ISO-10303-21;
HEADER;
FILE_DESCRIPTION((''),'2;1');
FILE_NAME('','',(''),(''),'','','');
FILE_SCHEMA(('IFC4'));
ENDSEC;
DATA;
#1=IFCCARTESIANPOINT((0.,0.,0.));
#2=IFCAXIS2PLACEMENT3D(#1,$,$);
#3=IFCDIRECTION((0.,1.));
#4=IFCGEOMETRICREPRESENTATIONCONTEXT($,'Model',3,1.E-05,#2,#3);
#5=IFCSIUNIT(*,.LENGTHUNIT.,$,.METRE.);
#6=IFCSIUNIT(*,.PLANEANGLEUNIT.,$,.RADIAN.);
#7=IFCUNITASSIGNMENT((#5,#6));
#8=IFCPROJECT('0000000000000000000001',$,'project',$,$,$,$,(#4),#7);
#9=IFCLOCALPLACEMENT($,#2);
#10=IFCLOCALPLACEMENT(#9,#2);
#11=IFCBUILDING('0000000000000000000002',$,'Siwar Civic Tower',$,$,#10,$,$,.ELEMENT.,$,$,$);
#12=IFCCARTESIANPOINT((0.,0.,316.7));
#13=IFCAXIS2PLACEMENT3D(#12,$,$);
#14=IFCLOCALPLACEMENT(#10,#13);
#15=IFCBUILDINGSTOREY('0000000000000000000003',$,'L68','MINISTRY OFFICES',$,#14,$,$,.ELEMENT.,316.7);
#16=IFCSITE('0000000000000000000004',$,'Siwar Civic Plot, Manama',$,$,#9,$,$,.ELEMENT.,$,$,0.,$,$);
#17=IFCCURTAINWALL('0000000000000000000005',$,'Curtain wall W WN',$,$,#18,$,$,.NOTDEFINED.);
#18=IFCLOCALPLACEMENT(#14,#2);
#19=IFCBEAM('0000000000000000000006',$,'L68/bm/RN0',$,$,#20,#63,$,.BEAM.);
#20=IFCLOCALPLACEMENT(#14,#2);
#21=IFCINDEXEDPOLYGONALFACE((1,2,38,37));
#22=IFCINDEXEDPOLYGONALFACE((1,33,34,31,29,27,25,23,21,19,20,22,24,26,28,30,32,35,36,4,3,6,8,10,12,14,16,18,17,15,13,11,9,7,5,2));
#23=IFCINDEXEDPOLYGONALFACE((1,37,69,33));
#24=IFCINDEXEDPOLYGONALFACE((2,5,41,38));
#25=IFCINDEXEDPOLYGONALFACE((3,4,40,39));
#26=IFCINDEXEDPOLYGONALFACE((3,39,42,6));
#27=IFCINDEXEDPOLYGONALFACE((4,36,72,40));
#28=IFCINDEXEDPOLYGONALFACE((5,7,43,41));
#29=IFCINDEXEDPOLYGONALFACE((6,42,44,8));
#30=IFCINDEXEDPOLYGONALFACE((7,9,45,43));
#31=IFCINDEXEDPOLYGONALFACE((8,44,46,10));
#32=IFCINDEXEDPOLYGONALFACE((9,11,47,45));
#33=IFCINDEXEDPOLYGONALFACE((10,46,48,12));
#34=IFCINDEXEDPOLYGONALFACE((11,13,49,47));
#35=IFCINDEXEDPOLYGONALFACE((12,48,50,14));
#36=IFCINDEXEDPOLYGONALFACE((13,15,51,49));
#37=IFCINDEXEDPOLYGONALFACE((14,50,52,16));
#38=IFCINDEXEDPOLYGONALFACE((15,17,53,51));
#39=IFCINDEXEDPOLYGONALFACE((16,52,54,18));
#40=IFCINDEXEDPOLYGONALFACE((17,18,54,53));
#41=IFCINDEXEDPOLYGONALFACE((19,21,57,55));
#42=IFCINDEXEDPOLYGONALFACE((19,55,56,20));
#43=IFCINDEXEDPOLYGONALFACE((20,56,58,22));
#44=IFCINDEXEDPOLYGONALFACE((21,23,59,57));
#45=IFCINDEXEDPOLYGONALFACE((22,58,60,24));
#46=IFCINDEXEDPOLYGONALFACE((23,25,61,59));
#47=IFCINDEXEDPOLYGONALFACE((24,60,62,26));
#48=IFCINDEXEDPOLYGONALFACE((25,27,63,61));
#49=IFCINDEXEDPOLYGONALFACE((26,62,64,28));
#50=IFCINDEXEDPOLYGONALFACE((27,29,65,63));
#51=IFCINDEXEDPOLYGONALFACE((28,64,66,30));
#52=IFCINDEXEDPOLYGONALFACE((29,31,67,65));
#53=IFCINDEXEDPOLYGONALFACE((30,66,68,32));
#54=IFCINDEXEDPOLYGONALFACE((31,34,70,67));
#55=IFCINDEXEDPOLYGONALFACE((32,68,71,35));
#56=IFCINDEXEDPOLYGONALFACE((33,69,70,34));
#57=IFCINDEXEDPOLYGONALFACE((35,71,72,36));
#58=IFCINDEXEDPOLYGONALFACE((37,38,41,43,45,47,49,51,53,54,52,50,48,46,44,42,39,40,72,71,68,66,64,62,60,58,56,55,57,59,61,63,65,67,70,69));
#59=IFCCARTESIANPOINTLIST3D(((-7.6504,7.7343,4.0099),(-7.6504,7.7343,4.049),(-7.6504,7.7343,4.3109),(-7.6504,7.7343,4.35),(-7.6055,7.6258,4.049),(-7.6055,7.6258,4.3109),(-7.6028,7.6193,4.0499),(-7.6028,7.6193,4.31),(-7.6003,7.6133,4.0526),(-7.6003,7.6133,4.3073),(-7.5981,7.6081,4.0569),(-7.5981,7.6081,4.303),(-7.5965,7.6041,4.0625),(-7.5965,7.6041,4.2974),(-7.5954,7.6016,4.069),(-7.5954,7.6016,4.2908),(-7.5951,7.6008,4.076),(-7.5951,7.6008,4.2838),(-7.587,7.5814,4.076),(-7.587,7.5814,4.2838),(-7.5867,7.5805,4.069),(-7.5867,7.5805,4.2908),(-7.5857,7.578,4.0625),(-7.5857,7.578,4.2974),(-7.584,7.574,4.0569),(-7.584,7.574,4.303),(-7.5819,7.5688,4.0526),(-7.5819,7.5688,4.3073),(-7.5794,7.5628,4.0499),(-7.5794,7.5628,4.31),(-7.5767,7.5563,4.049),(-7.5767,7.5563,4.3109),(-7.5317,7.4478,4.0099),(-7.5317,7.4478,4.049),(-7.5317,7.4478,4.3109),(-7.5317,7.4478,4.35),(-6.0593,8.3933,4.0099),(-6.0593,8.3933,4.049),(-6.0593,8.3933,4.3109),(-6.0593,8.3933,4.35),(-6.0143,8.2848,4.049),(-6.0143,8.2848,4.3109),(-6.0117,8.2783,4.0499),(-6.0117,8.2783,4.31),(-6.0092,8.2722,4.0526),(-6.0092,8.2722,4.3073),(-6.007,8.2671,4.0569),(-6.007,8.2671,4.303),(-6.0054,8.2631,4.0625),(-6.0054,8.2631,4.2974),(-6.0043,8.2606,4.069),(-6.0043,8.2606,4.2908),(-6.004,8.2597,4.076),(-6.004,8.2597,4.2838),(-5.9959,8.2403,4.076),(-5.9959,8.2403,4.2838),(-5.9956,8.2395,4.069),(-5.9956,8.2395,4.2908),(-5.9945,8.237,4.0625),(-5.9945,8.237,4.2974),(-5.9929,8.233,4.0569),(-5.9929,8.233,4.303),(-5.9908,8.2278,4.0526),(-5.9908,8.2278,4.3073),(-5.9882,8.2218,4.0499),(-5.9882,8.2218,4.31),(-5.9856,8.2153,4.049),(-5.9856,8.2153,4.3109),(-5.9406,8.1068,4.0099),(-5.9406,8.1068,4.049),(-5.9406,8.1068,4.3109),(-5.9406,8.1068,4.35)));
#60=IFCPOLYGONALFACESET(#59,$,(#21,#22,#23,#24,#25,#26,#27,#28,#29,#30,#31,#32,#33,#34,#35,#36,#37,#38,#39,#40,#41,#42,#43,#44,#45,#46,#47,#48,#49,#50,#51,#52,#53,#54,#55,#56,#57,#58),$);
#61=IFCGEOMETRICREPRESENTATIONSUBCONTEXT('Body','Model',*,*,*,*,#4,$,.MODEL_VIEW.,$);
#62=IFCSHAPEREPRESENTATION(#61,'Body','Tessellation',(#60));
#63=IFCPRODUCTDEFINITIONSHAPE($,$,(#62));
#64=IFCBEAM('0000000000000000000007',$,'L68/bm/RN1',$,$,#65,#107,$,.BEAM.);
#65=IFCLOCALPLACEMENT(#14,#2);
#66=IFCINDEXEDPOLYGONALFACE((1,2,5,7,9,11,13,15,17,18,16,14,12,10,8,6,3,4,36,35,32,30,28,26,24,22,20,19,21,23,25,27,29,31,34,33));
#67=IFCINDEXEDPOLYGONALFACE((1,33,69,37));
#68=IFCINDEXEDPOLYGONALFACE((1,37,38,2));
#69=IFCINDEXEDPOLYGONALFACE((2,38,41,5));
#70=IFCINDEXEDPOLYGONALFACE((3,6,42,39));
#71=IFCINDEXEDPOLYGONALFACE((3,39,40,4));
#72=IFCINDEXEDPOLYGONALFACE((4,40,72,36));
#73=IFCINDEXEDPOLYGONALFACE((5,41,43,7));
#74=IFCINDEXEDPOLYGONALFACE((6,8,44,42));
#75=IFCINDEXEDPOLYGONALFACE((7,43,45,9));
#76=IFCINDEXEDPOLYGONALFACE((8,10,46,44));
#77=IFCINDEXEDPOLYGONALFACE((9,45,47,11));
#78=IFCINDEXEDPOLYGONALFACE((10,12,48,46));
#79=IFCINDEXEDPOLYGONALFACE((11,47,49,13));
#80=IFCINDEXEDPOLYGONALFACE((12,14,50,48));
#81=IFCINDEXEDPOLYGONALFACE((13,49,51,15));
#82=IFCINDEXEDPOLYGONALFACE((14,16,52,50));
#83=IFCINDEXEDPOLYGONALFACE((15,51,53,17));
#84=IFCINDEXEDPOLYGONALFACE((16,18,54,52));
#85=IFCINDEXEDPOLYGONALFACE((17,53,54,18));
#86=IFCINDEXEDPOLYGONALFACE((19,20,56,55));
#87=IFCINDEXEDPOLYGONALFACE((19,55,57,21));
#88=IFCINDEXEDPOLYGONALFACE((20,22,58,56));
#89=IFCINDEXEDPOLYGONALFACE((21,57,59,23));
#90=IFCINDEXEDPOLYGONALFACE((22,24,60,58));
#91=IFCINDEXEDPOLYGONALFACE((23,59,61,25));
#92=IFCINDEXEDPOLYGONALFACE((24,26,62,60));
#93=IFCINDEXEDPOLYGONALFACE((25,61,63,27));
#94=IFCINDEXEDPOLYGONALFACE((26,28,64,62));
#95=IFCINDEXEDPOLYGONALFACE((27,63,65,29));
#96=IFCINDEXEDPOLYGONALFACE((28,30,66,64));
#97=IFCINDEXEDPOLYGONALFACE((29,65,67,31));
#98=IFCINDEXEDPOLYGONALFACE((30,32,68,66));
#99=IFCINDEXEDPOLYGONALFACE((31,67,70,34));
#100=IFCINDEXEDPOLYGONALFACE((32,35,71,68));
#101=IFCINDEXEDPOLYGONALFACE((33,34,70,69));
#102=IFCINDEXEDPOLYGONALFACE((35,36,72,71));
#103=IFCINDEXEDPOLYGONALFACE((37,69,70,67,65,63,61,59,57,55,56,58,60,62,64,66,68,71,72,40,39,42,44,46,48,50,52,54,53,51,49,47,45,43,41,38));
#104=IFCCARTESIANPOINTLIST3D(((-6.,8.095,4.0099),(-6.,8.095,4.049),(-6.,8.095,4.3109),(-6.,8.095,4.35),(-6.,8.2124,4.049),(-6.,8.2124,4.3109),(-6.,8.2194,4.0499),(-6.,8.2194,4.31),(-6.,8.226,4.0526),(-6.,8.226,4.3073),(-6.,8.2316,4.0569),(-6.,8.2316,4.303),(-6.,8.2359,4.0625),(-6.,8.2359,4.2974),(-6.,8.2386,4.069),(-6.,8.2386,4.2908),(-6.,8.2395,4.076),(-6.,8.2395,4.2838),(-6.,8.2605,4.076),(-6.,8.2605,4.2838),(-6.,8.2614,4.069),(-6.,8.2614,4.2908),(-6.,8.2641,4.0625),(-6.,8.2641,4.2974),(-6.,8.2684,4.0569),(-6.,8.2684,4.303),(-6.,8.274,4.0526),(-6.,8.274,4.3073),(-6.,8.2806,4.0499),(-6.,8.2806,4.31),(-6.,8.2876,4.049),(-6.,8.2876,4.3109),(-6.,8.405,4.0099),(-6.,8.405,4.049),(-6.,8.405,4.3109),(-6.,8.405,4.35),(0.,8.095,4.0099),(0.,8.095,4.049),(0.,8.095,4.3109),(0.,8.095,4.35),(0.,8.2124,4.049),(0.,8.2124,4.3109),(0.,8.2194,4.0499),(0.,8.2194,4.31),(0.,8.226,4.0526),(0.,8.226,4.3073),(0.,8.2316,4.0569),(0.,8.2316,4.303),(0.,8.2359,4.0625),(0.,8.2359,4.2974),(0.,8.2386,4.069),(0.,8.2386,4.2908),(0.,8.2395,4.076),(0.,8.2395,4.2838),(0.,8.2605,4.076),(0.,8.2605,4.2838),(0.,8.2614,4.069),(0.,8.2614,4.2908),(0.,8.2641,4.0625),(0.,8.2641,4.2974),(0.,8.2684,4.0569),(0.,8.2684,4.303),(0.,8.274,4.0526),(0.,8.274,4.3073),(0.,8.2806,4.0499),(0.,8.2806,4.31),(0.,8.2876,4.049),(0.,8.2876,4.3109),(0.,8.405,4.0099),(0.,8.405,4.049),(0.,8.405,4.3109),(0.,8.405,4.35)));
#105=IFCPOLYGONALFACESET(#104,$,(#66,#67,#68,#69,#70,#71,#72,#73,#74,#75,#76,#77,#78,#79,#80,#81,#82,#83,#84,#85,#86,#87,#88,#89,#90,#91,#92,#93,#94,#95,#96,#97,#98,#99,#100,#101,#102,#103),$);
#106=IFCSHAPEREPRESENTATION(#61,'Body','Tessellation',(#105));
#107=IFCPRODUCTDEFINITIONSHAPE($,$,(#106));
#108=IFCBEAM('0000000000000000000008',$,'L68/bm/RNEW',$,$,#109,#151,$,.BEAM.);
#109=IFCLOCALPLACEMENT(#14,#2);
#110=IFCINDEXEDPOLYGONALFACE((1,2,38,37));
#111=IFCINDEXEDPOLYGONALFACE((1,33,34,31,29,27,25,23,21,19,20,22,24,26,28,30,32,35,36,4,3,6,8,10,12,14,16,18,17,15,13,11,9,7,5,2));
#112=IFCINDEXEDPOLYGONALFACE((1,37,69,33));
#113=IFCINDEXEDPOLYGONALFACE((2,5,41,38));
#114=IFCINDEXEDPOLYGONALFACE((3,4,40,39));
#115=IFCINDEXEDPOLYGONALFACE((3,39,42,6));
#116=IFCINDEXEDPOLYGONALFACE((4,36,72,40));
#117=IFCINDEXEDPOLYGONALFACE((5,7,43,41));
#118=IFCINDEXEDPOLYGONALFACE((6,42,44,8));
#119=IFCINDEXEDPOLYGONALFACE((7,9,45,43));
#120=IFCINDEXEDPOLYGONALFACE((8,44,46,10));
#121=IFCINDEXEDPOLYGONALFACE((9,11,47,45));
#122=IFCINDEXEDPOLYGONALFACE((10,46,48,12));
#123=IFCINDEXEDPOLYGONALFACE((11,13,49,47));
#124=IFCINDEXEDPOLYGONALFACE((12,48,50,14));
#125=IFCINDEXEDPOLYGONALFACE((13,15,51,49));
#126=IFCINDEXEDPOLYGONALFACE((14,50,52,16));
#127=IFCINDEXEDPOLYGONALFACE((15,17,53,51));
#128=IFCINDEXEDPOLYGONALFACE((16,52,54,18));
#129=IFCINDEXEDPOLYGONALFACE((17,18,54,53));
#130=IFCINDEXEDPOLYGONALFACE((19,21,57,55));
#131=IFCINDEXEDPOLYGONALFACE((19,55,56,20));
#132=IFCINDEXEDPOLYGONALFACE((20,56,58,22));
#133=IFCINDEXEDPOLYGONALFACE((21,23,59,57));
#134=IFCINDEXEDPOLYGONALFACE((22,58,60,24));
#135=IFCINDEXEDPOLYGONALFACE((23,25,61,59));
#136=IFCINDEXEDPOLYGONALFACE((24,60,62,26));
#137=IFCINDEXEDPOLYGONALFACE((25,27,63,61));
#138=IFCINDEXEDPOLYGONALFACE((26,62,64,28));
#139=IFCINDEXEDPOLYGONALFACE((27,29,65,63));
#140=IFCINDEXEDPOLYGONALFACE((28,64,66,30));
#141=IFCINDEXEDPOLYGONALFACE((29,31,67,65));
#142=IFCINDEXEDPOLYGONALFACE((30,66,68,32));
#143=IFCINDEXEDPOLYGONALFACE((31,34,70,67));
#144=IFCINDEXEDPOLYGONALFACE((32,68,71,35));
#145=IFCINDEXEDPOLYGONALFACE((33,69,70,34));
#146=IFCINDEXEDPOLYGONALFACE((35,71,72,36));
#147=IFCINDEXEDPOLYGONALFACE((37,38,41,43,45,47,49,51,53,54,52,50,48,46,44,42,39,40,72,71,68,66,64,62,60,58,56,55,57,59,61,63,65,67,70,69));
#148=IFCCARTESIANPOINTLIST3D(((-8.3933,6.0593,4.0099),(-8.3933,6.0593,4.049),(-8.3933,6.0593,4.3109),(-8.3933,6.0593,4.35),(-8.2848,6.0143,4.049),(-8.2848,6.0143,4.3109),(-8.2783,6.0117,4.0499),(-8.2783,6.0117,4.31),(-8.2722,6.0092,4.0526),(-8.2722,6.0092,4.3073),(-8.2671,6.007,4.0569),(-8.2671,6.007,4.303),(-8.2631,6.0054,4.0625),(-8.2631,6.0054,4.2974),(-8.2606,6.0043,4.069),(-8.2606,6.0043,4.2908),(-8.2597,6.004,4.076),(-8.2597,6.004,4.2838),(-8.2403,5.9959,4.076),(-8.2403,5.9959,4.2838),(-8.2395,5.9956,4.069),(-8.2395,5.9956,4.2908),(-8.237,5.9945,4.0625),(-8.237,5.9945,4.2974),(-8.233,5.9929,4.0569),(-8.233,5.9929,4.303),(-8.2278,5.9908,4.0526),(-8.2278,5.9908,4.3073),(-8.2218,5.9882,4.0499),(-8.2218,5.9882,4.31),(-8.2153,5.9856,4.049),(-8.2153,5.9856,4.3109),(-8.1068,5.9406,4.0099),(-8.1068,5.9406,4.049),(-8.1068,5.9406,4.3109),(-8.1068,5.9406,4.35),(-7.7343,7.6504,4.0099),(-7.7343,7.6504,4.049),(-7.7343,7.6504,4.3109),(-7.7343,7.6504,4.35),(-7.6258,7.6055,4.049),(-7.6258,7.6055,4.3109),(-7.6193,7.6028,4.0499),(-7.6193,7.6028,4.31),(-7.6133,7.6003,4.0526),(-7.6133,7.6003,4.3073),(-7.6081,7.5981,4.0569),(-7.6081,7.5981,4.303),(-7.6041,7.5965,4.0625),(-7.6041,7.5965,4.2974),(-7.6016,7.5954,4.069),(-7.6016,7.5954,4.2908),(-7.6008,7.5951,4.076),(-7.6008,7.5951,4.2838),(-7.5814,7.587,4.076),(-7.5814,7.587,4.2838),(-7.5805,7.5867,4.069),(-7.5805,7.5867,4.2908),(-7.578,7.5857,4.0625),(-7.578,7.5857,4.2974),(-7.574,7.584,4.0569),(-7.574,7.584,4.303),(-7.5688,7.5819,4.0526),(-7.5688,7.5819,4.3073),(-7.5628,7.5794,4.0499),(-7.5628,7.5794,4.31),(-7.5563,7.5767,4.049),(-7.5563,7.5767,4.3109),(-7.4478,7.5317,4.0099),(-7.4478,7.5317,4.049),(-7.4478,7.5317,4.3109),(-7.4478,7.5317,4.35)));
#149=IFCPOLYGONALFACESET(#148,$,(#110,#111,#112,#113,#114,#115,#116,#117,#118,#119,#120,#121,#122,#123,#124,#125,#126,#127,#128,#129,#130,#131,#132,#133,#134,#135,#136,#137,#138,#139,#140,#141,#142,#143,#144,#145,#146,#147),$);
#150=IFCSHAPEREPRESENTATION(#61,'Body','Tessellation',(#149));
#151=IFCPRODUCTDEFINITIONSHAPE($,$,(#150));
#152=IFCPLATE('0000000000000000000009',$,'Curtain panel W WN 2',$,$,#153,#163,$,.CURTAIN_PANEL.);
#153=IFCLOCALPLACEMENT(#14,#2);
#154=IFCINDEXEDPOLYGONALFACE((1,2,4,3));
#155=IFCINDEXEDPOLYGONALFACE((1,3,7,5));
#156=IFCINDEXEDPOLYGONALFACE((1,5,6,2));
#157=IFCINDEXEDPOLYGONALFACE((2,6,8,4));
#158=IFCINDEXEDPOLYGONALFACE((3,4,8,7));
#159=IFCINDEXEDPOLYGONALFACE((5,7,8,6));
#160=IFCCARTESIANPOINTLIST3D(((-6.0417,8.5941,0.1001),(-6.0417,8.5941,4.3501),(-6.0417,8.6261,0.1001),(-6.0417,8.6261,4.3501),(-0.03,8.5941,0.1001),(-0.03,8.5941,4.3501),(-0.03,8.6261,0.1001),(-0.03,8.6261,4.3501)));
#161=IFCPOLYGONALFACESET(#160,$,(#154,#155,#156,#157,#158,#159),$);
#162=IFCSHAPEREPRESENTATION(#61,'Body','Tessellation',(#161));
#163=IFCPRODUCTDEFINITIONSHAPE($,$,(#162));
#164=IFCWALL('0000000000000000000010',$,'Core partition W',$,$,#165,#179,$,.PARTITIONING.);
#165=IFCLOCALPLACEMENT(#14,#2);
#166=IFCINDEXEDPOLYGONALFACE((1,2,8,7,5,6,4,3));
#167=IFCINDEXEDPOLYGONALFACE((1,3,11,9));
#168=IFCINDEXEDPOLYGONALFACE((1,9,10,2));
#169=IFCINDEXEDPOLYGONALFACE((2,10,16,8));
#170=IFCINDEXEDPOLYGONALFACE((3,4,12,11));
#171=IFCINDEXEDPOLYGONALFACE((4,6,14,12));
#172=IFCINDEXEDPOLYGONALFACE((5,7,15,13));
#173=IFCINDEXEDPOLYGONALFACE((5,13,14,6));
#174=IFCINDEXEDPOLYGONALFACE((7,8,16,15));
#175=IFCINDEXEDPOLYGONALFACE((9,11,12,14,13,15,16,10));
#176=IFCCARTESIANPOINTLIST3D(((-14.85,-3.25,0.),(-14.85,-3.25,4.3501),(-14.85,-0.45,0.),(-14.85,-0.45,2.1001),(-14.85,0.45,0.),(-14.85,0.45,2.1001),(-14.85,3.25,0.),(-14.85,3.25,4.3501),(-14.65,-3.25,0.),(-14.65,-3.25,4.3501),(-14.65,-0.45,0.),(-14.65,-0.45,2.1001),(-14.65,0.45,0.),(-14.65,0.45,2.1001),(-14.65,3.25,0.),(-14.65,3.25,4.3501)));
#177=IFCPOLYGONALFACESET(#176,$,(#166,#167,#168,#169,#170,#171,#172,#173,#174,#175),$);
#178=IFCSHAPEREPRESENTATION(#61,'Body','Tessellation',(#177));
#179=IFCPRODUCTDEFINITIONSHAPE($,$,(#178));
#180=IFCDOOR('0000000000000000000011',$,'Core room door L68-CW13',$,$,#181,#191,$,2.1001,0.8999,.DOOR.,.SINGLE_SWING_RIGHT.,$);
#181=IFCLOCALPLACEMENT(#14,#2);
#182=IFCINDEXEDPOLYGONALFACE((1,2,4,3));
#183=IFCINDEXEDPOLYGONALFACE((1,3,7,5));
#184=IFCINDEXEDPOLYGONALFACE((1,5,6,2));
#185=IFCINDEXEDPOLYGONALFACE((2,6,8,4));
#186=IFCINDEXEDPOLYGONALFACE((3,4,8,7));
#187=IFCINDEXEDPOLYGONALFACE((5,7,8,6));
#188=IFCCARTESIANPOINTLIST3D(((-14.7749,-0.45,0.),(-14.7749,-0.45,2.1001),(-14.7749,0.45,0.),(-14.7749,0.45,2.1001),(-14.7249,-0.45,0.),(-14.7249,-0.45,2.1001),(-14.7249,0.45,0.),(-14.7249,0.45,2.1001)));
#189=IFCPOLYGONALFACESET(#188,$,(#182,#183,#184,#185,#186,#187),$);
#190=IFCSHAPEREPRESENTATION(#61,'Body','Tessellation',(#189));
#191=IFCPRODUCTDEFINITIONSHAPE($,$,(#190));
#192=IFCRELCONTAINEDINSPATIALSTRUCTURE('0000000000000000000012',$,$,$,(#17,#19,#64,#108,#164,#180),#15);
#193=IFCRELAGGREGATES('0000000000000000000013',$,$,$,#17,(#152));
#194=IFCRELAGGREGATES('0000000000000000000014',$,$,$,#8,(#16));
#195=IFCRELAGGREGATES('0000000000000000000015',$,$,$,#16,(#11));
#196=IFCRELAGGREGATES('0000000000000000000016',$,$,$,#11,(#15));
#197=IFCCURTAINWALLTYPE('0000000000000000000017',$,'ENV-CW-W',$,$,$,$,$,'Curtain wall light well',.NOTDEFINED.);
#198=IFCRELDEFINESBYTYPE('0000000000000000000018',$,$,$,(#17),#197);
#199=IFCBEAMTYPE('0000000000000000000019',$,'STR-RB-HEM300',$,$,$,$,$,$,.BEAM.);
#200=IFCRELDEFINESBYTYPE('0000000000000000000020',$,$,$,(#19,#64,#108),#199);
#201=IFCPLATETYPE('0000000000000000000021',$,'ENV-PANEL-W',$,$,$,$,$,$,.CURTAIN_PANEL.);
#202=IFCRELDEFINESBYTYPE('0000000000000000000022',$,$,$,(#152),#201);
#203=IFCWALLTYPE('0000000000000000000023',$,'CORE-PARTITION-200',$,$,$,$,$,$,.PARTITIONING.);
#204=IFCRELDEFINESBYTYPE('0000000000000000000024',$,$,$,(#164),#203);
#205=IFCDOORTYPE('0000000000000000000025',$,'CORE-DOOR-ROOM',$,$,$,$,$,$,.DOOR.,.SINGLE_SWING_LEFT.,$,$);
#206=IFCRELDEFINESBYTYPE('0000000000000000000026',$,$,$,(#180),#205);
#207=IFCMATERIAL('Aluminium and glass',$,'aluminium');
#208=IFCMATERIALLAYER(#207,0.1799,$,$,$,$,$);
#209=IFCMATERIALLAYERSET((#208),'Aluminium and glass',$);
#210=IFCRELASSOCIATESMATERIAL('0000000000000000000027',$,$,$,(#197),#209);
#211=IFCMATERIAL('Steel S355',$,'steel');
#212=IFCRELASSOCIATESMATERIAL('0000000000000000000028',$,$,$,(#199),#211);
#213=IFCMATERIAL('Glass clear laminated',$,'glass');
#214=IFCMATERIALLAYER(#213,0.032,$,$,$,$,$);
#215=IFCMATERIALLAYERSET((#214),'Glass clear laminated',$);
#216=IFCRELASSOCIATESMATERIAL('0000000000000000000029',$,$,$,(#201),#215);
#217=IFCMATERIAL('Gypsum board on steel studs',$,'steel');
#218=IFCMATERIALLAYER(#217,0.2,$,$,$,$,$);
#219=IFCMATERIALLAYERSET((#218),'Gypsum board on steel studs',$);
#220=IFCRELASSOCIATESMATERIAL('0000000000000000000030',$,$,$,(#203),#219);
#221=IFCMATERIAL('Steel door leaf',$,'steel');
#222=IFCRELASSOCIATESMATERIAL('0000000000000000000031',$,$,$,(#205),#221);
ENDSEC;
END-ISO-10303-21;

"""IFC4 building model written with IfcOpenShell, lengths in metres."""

from ifc_helpers import new_model, si_unit, direction, frame, frame_2d, origin, origin_2d, place, context, subcontext, project, spatial, rectangle, i_section, extrude, material, layer, layer_set, material_profile, profile_set, type_object, element, fill, aggregate, save


model = new_model("IFC4")

# Units and contexts
model_context = context("Model", 3, precision=1e-05, world=origin(), true_north=direction((0.0, 1.0)))
body_context = subcontext(model_context, "Body", "Model", "MODEL_VIEW")
ifc_project = project(units=[si_unit("LENGTHUNIT", "METRE"), si_unit("PLANEANGLEUNIT", "RADIAN")], contexts=[model_context])

# Site, building, storey
site_placement = place(None, origin())
site = spatial("IfcSite", under=ifc_project, at=site_placement, Name="Siwar Civic Plot, Manama", CompositionType="ELEMENT", RefElevation=0.0)
building_placement = place(site_placement, origin())
building = spatial("IfcBuilding", under=site, at=building_placement, Name="Siwar Civic Tower", CompositionType="ELEMENT")
storey_placement = place(building_placement, frame((0.0, 0.0, 316.7)))
storey = spatial("IfcBuildingStorey", under=building, at=storey_placement, Name="L68", Description="MINISTRY OFFICES", CompositionType="ELEMENT", Elevation=316.7)

# Curtain wall
ifc_material_1 = material(Name="Aluminium and glass", Category="aluminium")
ifc_layer_1 = layer(ifc_material_1, 0.1799)
ifc_layer_set_1 = layer_set([ifc_layer_1], Name="Aluminium and glass")
curtain_wall_type = type_object("IfcCurtainWallType", Name="ENV-CW-W", ElementType="Curtain wall light well", PredefinedType="NOTDEFINED", material=ifc_layer_set_1)
curtain_wall_placement = place(storey_placement, origin())
curtain_wall = element("IfcCurtainWall", 1, at=curtain_wall_placement, inside=storey, type_object=curtain_wall_type, Name="Curtain wall W WN", PredefinedType="NOTDEFINED")

# Beams
ifc_material_2 = material(Name="Steel S355", Category="steel")
ifc_material_profile_1 = material_profile(ifc_material_2, i_section(OverallWidth=0.3101, OverallDepth=0.3401, WebThickness=0.021, FlangeThickness=0.0391, FilletRadius=0.0271, at=origin_2d()), Name="HEM300")
ifc_profile_set_1 = profile_set([ifc_material_profile_1], Name="Steel S355")
beam_type_1 = type_object("IfcBeamType", Name="STR-RB-HEM300", PredefinedType="BEAM", material=ifc_profile_set_1)
beam_1_placement = place(storey_placement, frame((-7.5911, 7.5911, 4.1799), z_axis=(0.923901, 0.382631, 0.0), x_axis=(-0.382631, 0.923901, 0.0)))
element("IfcBeam", 2, at=beam_1_placement, inside=storey, type_object=beam_type_1, Name="L68/bm/RN0", PredefinedType="BEAM", context=body_context, shape_type="SweptSolid", body=[
    extrude(i_section(OverallWidth=0.3101, OverallDepth=0.3401, WebThickness=0.021, FlangeThickness=0.0391, FilletRadius=0.0271, at=origin_2d()), origin(), (0.0, 0.0, 1.0), 1.7222),
])
beam_2_placement = place(storey_placement, frame((-6.0, 8.25, 4.1799), z_axis=(1.0, 0.0, 0.0), x_axis=(0.0, 1.0, 0.0)))
element("IfcBeam", 3, at=beam_2_placement, inside=storey, type_object=beam_type_1, Name="L68/bm/RN1", PredefinedType="BEAM", context=body_context, shape_type="SweptSolid", body=[
    extrude(i_section(OverallWidth=0.3101, OverallDepth=0.3401, WebThickness=0.021, FlangeThickness=0.0391, FilletRadius=0.0271, at=origin_2d()), origin(), (0.0, 0.0, 1.0), 6.0),
])
beam_3_placement = place(storey_placement, frame((-7.5911, 7.5911, 4.1799), z_axis=(-0.382631, -0.923901, 0.0), x_axis=(0.923901, -0.382631, 0.0)))
element("IfcBeam", 4, at=beam_3_placement, inside=storey, type_object=beam_type_1, Name="L68/bm/RNEW", PredefinedType="BEAM", context=body_context, shape_type="SweptSolid", body=[
    extrude(i_section(OverallWidth=0.3101, OverallDepth=0.3401, WebThickness=0.021, FlangeThickness=0.0391, FilletRadius=0.0271, at=origin_2d()), origin(), (0.0, 0.0, 1.0), 1.7222),
])

# Plate
ifc_material_3 = material(Name="Glass clear laminated", Category="glass")
ifc_layer_2 = layer(ifc_material_3, 0.032)
ifc_layer_set_2 = layer_set([ifc_layer_2], Name="Glass clear laminated")
plate_type = type_object("IfcPlateType", Name="ENV-PANEL-W", PredefinedType="CURTAIN_PANEL", material=ifc_layer_set_2)
plate_placement = place(storey_placement, frame((-3.0359, 8.6101, 0.1001), z_axis=(0.0, 0.0, 1.0), x_axis=(-1.0, 0.0, 0.0)))
plate = element("IfcPlate", 5, at=plate_placement, type_object=plate_type, Name="Curtain panel W WN 2", PredefinedType="CURTAIN_PANEL", context=body_context, shape_type="SweptSolid", body=[
    extrude(rectangle(XDim=6.0117, YDim=0.032, at=origin_2d()), origin(), (0.0, 0.0, 1.0), 4.25),
])
aggregate(curtain_wall, [plate])

# Wall, opening, door
ifc_material_4 = material(Name="Gypsum board on steel studs", Category="steel")
ifc_layer_3 = layer(ifc_material_4, 0.2)
ifc_layer_set_3 = layer_set([ifc_layer_3], Name="Gypsum board on steel studs")
wall_type_1 = type_object("IfcWallType", Name="CORE-PARTITION-200", PredefinedType="PARTITIONING", material=ifc_layer_set_3)
wall_1_placement = place(storey_placement, frame((-14.75, -3.25, 0.0), z_axis=(0.0, 0.0, 1.0), x_axis=(0.0, 1.0, 0.0)))
wall_1 = element("IfcWall", 6, at=wall_1_placement, inside=storey, type_object=wall_type_1, Name="Core partition W", PredefinedType="PARTITIONING", context=body_context, shape_type="SweptSolid", body=[
    extrude(rectangle(XDim=6.5, YDim=0.2, at=frame_2d((3.25, 0.0))), origin(), (0.0, 0.0, 1.0), 4.3501),
])
opening_1_placement = place(wall_1_placement, frame((2.8, 0.0, 0.0)))
opening_1 = element("IfcOpeningElement", 7, at=opening_1_placement, cuts=wall_1, PredefinedType="OPENING", context=body_context, shape_type="SweptSolid", body=[
    extrude(rectangle(XDim=0.8999, YDim=2.1001, at=frame_2d((0.45, 1.05))), frame((0.0, 0.1099, 0.0), z_axis=(0.0, -1.0, 0.0), x_axis=(1.0, 0.0, 0.0)), (0.0, 0.0, 1.0), 0.22),
])
ifc_material_5 = material(Name="Steel door leaf", Category="steel")
door_type_1 = type_object("IfcDoorType", Name="CORE-DOOR-ROOM", OperationType="SINGLE_SWING_LEFT", PredefinedType="DOOR", material=ifc_material_5)
door_1_placement = place(opening_1_placement, origin())
door_1 = element("IfcDoor", 8, at=door_1_placement, inside=storey, type_object=door_type_1, Name="Core room door L68-CW13", OperationType="SINGLE_SWING_RIGHT", OverallHeight=2.1001, OverallWidth=0.8999, PredefinedType="DOOR", context=body_context, shape_type="SweptSolid", body=[
    extrude(rectangle(XDim=0.8999, YDim=2.1001, at=frame_2d((0.45, 1.05))), frame((0.0, 0.0249, 0.0), z_axis=(0.0, -1.0, 0.0), x_axis=(1.0, 0.0, 0.0)), (0.0, 0.0, 1.0), 0.05),
])
fill(opening_1, door_1)

save(model, "model.ifc")
